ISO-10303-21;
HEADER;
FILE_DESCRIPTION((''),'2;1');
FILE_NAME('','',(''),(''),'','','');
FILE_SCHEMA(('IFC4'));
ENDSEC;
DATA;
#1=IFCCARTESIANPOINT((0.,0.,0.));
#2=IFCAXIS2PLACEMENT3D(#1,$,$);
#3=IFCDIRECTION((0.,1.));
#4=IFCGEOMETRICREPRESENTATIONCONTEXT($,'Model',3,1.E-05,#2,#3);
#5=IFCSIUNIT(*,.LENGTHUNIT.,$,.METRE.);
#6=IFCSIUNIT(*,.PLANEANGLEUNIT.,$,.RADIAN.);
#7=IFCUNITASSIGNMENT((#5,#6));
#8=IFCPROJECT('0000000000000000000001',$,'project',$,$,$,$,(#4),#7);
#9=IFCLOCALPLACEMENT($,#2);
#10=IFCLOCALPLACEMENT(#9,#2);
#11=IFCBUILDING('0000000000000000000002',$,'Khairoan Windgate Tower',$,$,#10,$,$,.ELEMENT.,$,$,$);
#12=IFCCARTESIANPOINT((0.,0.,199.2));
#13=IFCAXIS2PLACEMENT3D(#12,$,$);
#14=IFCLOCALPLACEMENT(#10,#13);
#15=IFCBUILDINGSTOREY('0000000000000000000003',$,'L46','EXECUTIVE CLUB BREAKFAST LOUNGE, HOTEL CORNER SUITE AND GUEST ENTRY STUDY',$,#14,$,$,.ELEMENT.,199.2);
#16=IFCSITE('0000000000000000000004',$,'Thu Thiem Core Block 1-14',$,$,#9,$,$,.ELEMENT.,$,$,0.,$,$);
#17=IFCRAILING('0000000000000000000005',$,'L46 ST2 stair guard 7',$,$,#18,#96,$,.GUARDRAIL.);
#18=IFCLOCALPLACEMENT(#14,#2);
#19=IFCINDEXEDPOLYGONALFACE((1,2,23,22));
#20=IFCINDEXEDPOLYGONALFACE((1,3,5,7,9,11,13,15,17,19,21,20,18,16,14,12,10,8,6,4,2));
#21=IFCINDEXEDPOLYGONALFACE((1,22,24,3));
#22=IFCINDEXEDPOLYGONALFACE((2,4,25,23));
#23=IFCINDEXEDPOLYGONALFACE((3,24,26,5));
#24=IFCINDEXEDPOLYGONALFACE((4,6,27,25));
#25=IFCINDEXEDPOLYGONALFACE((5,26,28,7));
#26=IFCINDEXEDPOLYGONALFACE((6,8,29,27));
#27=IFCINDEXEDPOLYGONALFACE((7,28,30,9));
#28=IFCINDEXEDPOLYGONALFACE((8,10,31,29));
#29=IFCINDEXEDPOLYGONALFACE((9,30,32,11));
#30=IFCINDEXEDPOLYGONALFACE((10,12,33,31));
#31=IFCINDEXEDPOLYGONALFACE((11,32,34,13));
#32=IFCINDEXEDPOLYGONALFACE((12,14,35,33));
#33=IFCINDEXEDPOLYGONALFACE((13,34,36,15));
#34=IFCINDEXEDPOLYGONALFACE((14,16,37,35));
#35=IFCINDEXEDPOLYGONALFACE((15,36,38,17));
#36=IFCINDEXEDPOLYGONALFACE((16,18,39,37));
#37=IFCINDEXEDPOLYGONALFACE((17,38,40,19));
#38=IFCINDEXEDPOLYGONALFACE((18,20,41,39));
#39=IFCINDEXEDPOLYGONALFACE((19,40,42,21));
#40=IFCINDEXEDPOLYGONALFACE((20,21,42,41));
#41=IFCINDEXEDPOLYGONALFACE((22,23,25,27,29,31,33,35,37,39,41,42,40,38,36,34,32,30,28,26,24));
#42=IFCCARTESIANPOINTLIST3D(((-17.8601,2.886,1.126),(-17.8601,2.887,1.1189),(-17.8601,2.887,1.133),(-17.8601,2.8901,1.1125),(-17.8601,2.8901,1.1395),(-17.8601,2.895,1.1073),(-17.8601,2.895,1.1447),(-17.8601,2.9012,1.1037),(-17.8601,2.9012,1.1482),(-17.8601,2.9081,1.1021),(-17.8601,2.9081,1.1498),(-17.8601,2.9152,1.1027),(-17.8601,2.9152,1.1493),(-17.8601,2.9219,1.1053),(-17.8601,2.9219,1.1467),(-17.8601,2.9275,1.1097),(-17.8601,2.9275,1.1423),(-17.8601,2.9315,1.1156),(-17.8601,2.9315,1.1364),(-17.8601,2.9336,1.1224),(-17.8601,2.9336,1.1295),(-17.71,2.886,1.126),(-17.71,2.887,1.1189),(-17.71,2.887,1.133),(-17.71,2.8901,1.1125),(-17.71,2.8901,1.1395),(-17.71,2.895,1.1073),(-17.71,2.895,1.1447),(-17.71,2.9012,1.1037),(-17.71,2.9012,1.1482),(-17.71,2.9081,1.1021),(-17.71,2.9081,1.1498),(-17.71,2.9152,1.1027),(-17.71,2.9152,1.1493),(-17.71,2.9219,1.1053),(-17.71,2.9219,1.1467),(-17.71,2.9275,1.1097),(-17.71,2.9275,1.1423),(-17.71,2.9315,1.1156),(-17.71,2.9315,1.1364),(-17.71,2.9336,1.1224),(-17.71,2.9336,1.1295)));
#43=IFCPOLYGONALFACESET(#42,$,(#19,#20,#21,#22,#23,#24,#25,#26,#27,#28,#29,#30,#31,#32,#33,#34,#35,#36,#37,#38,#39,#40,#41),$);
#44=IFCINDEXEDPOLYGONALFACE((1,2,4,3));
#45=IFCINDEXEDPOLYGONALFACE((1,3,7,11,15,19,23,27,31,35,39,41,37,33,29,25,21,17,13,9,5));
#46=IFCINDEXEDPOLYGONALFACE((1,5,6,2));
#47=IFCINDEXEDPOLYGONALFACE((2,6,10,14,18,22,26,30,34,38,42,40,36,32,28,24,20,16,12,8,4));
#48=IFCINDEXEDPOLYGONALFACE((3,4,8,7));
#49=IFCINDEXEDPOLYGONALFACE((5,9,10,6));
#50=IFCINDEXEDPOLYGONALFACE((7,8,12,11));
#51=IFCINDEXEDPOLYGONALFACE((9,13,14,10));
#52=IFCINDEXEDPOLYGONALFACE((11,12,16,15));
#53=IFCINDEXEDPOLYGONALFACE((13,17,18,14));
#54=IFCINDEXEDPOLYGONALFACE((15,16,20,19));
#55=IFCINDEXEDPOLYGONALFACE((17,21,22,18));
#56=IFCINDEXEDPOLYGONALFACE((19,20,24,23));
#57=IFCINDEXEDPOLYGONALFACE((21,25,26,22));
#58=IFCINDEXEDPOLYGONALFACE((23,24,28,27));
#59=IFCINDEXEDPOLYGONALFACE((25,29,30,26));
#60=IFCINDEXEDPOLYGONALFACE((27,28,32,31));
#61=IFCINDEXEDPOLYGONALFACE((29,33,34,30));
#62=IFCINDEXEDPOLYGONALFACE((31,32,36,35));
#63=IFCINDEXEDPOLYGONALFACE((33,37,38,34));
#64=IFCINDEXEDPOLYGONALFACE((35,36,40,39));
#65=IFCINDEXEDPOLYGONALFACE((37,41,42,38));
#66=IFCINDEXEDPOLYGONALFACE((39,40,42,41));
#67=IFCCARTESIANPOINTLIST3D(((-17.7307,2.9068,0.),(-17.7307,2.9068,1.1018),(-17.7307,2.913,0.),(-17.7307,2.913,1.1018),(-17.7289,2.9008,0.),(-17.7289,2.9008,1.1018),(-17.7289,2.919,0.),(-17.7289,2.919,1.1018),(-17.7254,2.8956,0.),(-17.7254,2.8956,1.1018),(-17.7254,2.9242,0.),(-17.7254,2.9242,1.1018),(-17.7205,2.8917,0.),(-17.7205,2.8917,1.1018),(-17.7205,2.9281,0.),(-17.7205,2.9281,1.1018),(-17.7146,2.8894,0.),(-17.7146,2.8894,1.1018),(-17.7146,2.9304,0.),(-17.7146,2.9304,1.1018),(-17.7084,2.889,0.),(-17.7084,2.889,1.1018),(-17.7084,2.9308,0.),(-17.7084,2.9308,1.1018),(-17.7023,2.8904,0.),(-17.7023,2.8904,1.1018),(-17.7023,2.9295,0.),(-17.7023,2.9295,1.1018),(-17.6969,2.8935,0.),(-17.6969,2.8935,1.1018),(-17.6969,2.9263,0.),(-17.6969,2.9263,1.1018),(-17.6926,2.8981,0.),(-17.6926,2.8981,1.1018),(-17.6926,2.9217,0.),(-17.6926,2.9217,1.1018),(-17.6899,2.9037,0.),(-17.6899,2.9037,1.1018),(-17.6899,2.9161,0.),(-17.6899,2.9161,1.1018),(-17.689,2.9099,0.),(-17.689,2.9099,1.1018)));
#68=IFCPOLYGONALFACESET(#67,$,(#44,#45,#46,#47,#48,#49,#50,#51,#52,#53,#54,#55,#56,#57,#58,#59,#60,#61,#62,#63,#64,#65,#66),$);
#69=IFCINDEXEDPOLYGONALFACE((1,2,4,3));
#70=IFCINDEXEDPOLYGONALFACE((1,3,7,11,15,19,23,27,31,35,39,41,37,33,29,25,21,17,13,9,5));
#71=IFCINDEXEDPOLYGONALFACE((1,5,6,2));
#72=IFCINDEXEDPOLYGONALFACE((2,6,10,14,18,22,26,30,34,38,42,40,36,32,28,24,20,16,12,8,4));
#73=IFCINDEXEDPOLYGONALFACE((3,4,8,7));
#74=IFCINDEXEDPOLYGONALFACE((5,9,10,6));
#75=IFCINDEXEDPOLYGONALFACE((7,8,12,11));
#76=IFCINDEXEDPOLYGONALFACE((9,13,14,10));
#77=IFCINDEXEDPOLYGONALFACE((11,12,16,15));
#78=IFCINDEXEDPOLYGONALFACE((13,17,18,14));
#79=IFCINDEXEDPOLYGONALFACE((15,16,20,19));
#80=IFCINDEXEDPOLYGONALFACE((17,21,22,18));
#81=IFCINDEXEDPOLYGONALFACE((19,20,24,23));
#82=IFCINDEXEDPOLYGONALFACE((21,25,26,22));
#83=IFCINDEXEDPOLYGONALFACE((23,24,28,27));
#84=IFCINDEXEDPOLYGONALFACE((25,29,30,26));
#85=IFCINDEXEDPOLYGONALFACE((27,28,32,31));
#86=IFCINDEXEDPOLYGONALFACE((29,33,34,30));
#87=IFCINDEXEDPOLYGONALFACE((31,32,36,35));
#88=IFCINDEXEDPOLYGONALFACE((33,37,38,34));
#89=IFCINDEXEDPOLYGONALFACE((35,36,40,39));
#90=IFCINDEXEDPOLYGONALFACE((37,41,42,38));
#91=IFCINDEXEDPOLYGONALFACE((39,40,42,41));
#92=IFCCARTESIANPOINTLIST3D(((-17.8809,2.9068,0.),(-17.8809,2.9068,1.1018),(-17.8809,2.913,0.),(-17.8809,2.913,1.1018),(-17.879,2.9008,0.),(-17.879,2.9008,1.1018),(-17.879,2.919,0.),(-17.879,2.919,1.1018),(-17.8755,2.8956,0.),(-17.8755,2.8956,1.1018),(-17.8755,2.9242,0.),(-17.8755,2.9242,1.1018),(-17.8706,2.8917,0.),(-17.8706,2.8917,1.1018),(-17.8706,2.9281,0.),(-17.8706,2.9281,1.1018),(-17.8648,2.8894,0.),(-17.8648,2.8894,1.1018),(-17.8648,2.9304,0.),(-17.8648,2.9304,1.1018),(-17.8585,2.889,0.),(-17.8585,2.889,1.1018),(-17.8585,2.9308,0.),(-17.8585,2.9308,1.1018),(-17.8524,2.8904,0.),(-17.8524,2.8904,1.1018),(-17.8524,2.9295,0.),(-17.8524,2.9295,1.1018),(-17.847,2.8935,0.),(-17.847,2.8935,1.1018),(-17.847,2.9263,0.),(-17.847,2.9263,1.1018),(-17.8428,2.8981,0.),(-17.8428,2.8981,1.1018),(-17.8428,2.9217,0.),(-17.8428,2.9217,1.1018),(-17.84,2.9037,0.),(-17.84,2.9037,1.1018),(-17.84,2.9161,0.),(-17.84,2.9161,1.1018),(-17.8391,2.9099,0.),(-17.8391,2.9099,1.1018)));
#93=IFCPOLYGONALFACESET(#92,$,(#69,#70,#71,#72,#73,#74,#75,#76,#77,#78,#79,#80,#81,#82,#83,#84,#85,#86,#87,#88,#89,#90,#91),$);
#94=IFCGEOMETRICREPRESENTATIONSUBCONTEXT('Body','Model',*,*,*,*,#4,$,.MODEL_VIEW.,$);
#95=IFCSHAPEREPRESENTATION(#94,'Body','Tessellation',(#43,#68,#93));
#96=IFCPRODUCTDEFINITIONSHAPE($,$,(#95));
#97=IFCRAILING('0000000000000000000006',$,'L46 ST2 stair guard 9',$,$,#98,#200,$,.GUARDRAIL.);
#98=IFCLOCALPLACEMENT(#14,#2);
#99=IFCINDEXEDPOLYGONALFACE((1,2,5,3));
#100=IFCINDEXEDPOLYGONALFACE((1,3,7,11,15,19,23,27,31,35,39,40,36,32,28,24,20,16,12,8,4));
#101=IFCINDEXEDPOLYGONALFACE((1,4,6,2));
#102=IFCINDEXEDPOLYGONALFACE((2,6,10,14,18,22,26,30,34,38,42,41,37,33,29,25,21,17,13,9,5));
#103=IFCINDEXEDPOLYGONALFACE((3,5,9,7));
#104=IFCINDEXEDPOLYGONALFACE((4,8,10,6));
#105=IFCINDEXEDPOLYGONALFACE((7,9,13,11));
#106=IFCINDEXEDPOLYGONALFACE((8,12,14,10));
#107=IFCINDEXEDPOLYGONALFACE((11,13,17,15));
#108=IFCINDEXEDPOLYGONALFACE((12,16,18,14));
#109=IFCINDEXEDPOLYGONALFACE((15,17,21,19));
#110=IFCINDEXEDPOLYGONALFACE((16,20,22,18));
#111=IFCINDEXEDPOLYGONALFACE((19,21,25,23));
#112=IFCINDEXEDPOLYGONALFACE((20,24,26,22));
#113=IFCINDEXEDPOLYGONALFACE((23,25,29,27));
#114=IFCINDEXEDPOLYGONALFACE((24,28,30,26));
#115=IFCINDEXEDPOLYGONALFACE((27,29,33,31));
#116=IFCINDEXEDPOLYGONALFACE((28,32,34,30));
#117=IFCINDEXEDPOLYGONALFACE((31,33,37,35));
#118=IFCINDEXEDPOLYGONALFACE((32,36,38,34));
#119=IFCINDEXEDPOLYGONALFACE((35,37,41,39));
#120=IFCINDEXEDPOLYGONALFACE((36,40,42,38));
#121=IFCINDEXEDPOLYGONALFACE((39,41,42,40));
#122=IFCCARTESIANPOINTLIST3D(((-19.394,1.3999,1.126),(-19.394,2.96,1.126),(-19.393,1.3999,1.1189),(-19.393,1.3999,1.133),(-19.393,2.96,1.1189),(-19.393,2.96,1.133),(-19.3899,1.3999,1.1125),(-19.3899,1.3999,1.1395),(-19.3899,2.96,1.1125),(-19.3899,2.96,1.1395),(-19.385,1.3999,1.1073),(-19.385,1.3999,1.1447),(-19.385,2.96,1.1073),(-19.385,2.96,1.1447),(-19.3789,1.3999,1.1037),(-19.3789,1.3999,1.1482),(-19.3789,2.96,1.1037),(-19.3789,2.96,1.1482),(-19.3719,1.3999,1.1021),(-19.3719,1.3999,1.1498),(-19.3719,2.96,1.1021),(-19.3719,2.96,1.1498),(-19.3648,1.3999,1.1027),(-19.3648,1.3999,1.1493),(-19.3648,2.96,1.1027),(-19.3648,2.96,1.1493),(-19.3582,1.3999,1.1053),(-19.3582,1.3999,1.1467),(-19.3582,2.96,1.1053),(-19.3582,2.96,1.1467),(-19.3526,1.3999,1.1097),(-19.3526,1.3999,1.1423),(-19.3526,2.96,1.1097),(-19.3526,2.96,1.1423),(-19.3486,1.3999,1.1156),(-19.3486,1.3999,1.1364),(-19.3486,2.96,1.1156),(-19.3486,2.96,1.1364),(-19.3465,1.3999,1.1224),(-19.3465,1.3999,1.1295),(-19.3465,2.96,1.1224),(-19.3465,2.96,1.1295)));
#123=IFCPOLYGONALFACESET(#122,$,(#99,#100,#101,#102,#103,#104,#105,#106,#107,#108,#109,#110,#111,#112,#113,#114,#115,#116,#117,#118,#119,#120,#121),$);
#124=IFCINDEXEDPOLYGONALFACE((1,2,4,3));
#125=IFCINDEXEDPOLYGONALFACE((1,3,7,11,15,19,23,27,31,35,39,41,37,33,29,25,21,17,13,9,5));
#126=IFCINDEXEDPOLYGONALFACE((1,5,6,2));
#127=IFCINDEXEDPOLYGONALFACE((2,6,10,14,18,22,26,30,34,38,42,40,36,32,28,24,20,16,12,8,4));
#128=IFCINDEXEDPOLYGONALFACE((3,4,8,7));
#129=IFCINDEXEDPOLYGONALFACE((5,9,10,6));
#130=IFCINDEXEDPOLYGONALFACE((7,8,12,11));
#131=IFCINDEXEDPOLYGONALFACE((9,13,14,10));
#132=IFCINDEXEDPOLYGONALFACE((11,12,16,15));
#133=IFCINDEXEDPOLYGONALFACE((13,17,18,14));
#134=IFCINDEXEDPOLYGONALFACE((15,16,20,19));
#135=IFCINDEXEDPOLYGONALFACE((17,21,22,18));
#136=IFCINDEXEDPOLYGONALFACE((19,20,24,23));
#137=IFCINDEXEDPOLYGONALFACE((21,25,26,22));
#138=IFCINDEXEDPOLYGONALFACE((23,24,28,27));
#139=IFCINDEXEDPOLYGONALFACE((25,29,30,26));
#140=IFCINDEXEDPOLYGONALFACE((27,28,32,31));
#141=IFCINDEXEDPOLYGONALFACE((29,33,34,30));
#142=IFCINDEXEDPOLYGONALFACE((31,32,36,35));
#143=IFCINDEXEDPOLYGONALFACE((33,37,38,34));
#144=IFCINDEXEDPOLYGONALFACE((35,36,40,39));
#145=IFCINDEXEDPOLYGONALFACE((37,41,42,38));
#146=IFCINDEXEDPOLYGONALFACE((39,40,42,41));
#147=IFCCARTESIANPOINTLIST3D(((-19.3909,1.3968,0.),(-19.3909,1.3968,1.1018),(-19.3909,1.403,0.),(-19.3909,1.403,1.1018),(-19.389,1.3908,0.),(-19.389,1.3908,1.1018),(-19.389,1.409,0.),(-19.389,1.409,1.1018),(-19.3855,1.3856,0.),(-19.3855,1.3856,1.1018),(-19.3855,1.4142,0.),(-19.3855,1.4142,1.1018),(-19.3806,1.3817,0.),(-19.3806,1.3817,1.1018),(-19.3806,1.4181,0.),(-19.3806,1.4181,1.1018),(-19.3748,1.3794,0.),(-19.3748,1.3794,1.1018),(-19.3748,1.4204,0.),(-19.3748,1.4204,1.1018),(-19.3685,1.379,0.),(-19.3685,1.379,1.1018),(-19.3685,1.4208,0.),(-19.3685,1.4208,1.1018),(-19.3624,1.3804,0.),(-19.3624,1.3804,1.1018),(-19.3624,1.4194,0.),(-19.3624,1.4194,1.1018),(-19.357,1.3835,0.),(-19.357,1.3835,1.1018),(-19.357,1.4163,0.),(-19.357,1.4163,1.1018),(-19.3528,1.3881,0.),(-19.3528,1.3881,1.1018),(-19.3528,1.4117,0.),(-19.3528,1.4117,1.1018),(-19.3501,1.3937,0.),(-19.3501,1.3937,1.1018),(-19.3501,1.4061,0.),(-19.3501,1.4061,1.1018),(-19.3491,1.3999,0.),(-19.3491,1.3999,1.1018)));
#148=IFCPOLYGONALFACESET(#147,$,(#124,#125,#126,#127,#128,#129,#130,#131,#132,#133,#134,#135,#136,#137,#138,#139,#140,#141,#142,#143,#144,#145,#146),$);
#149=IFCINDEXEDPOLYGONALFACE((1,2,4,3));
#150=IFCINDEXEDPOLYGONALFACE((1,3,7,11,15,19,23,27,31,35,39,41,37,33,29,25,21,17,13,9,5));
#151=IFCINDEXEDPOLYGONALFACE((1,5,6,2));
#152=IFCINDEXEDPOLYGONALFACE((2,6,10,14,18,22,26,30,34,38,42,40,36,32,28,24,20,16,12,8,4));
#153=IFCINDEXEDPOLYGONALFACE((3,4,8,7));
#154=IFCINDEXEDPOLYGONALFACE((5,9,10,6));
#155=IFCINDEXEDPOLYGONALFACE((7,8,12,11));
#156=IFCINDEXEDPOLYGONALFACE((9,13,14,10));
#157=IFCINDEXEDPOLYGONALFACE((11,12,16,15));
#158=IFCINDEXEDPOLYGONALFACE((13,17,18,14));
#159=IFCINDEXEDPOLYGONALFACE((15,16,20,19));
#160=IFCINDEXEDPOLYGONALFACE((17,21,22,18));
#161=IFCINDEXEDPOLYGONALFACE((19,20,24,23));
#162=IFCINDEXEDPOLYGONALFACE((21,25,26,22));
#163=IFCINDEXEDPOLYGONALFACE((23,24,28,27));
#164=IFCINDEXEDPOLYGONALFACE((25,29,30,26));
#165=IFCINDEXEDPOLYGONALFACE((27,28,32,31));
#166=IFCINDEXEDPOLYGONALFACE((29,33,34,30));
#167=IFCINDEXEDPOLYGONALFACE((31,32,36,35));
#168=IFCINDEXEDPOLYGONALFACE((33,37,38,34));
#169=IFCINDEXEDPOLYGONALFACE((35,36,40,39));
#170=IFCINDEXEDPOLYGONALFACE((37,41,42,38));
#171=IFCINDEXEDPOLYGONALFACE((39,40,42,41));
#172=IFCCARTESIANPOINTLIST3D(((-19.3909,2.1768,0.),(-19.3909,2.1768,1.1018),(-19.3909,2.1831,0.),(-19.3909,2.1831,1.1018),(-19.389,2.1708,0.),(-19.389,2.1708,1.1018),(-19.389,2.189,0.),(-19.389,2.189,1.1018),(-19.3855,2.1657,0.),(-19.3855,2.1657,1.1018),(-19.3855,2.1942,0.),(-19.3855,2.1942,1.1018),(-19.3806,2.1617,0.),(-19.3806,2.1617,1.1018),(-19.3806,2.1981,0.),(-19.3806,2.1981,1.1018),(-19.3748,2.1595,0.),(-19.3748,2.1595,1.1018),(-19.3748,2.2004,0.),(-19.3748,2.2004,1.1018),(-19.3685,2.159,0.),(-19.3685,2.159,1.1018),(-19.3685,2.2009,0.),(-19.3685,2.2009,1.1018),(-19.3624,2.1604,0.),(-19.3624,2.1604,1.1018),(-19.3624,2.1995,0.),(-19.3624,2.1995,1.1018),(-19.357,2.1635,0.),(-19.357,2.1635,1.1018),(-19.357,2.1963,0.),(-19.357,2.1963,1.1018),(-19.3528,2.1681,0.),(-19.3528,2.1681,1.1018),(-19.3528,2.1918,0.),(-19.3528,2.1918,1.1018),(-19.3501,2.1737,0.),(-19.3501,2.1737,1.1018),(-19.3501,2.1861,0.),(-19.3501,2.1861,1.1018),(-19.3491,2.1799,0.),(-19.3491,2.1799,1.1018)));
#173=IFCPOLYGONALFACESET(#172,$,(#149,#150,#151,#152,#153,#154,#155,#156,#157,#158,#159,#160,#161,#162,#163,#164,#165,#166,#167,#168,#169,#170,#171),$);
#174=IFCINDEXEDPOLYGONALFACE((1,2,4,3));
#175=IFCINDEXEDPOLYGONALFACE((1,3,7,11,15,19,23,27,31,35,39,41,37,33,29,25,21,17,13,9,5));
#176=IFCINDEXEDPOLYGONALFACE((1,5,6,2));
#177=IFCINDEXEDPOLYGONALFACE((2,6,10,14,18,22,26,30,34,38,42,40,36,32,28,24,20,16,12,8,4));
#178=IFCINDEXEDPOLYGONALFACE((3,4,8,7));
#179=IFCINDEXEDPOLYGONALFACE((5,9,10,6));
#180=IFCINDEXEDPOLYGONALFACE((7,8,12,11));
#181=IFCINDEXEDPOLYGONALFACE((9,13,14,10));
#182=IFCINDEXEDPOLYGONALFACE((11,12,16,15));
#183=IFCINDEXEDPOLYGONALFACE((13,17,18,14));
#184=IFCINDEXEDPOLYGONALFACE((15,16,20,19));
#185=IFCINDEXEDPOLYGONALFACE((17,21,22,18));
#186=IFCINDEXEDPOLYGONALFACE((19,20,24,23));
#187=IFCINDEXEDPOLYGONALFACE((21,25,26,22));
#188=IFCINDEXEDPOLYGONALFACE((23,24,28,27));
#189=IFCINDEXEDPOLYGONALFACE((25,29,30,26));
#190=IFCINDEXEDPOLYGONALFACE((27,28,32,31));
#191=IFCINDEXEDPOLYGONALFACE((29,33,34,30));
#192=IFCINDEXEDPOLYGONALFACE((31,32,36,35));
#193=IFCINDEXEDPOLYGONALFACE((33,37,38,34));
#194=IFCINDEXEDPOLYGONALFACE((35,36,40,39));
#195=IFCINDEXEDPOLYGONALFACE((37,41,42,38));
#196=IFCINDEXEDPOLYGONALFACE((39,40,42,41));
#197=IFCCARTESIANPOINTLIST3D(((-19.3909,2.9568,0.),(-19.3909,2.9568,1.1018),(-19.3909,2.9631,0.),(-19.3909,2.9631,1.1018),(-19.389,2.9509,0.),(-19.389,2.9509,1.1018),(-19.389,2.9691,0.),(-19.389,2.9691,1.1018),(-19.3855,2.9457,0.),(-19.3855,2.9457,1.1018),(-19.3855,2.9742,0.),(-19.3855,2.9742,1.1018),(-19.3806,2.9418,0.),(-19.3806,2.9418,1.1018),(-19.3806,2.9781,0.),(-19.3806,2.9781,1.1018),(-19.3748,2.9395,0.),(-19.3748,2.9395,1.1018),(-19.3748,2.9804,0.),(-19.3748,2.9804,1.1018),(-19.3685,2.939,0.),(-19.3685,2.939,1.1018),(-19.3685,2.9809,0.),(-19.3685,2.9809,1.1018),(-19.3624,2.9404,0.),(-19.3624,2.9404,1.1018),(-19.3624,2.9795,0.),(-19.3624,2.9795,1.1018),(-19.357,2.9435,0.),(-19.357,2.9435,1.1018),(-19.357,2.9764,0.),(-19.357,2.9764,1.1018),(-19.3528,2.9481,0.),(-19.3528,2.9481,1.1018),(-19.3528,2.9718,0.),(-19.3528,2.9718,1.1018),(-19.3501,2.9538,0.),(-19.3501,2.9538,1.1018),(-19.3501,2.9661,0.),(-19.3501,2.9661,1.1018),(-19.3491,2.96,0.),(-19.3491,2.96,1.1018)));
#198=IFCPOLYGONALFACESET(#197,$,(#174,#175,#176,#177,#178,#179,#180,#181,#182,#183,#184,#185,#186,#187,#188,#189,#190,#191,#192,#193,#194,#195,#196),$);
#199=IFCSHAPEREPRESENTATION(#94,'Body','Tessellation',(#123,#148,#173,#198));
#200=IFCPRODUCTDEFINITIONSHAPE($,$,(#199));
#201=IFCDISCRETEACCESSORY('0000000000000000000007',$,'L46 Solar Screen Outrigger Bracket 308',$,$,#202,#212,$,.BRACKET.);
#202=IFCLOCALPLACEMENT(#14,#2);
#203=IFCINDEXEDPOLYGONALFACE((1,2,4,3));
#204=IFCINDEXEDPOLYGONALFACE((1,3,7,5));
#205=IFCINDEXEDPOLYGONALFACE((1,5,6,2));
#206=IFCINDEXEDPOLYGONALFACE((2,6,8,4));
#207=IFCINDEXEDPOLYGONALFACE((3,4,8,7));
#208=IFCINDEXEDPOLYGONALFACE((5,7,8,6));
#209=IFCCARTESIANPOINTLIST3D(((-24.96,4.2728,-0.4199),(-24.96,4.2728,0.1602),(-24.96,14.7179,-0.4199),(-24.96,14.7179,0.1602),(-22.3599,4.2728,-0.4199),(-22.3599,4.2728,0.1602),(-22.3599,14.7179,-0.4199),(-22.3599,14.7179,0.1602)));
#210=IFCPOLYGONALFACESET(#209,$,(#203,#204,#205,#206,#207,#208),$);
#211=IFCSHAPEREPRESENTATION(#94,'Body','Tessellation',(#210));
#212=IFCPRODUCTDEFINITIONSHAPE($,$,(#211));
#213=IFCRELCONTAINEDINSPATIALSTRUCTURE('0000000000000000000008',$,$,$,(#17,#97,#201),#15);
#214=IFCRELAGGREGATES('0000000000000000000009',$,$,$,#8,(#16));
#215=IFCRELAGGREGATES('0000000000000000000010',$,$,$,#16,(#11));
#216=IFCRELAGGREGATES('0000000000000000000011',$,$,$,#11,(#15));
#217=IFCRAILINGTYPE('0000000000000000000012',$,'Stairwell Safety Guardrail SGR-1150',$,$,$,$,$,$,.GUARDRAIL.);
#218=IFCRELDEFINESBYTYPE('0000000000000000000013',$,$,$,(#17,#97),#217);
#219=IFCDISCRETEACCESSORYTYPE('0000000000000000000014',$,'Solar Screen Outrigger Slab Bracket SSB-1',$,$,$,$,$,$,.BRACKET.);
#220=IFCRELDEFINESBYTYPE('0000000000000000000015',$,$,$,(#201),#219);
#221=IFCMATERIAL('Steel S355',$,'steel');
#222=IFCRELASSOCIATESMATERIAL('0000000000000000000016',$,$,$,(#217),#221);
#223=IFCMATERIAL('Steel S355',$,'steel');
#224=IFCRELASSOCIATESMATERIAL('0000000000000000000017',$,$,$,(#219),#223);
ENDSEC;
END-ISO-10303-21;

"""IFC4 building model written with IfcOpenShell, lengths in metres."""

from ifc_helpers import new_model, si_unit, direction, frame, origin, origin_2d, place, context, subcontext, project, spatial, rectangle, circle, extrude, material, type_object, element, save


model = new_model("IFC4")

# Units and contexts
model_context = context("Model", 3, precision=1e-05, world=origin(), true_north=direction((0.0, 1.0)))
body_context = subcontext(model_context, "Body", "Model", "MODEL_VIEW")
ifc_project = project(units=[si_unit("LENGTHUNIT", "METRE"), si_unit("PLANEANGLEUNIT", "RADIAN")], contexts=[model_context])

# Site, building, storey
site_placement = place(None, origin())
site = spatial("IfcSite", under=ifc_project, at=site_placement, Name="Thu Thiem Core Block 1-14", CompositionType="ELEMENT", RefElevation=0.0)
building_placement = place(site_placement, origin())
building = spatial("IfcBuilding", under=site, at=building_placement, Name="Khairoan Windgate Tower", CompositionType="ELEMENT")
storey_placement = place(building_placement, frame((0.0, 0.0, 199.2)))
storey = spatial("IfcBuildingStorey", under=building, at=storey_placement, Name="L46", Description="EXECUTIVE CLUB BREAKFAST LOUNGE, HOTEL CORNER SUITE AND GUEST ENTRY STUDY", CompositionType="ELEMENT", Elevation=199.2)

# Railings
ifc_material_1 = material(Name="Steel S355", Category="steel")
railing_type_1 = type_object("IfcRailingType", Name="Stairwell Safety Guardrail SGR-1150", PredefinedType="GUARDRAIL", material=ifc_material_1)
railing_1_placement = place(storey_placement, frame((-17.71, 2.9099, 0.0)))
element("IfcRailing", 1, at=railing_1_placement, inside=storey, type_object=railing_type_1, Name="L46 ST2 stair guard 7", PredefinedType="GUARDRAIL", context=body_context, shape_type="SweptSolid", body=[
    extrude(circle(Radius=0.0239, at=origin_2d()), frame((0.0, 0.0, 1.126), z_axis=(-1.0, 0.0, 0.0), x_axis=(0.0, -1.0, 0.0)), (0.0, 0.0, 1.0), 0.1501),
    extrude(circle(Radius=0.021, at=origin_2d()), origin(), (0.0, 0.0, 1.0), 1.1018),
    extrude(circle(Radius=0.021, at=origin_2d()), frame((-0.1501, 0.0, 0.0)), (0.0, 0.0, 1.0), 1.1018),
])
railing_2_placement = place(storey_placement, frame((-19.3701, 1.3999, 0.0)))
element("IfcRailing", 2, at=railing_2_placement, inside=storey, type_object=railing_type_1, Name="L46 ST2 stair guard 9", PredefinedType="GUARDRAIL", context=body_context, shape_type="SweptSolid", body=[
    extrude(circle(Radius=0.0239, at=origin_2d()), frame((0.0, 0.0, 1.126), z_axis=(0.0, 1.0, 0.0), x_axis=(-1.0, 0.0, 0.0)), (0.0, 0.0, 1.0), 1.5601),
    extrude(circle(Radius=0.021, at=origin_2d()), origin(), (0.0, 0.0, 1.0), 1.1018),
    extrude(circle(Radius=0.021, at=origin_2d()), frame((0.0, 0.78, 0.0)), (0.0, 0.0, 1.0), 1.1018),
    extrude(circle(Radius=0.021, at=origin_2d()), frame((0.0, 1.5601, 0.0)), (0.0, 0.0, 1.0), 1.1018),
])

# Discrete accessory
ifc_material_2 = material(Name="Steel S355", Category="steel")
discrete_accessory_type = type_object("IfcDiscreteAccessoryType", Name="Solar Screen Outrigger Slab Bracket SSB-1", PredefinedType="BRACKET", material=ifc_material_2)
discrete_accessory_placement = place(storey_placement, frame((-23.6599, 9.4954, -0.4199), z_axis=(0.0, 0.0, 1.0), x_axis=(0.0, 1.0, 0.0)))
element("IfcDiscreteAccessory", 3, at=discrete_accessory_placement, inside=storey, type_object=discrete_accessory_type, Name="L46 Solar Screen Outrigger Bracket 308", PredefinedType="BRACKET", context=body_context, shape_type="SweptSolid", body=[
    extrude(rectangle(XDim=10.4451, YDim=2.6001, at=origin_2d()), origin(), (0.0, 0.0, 1.0), 0.5801),
])

save(model, "model.ifc")
